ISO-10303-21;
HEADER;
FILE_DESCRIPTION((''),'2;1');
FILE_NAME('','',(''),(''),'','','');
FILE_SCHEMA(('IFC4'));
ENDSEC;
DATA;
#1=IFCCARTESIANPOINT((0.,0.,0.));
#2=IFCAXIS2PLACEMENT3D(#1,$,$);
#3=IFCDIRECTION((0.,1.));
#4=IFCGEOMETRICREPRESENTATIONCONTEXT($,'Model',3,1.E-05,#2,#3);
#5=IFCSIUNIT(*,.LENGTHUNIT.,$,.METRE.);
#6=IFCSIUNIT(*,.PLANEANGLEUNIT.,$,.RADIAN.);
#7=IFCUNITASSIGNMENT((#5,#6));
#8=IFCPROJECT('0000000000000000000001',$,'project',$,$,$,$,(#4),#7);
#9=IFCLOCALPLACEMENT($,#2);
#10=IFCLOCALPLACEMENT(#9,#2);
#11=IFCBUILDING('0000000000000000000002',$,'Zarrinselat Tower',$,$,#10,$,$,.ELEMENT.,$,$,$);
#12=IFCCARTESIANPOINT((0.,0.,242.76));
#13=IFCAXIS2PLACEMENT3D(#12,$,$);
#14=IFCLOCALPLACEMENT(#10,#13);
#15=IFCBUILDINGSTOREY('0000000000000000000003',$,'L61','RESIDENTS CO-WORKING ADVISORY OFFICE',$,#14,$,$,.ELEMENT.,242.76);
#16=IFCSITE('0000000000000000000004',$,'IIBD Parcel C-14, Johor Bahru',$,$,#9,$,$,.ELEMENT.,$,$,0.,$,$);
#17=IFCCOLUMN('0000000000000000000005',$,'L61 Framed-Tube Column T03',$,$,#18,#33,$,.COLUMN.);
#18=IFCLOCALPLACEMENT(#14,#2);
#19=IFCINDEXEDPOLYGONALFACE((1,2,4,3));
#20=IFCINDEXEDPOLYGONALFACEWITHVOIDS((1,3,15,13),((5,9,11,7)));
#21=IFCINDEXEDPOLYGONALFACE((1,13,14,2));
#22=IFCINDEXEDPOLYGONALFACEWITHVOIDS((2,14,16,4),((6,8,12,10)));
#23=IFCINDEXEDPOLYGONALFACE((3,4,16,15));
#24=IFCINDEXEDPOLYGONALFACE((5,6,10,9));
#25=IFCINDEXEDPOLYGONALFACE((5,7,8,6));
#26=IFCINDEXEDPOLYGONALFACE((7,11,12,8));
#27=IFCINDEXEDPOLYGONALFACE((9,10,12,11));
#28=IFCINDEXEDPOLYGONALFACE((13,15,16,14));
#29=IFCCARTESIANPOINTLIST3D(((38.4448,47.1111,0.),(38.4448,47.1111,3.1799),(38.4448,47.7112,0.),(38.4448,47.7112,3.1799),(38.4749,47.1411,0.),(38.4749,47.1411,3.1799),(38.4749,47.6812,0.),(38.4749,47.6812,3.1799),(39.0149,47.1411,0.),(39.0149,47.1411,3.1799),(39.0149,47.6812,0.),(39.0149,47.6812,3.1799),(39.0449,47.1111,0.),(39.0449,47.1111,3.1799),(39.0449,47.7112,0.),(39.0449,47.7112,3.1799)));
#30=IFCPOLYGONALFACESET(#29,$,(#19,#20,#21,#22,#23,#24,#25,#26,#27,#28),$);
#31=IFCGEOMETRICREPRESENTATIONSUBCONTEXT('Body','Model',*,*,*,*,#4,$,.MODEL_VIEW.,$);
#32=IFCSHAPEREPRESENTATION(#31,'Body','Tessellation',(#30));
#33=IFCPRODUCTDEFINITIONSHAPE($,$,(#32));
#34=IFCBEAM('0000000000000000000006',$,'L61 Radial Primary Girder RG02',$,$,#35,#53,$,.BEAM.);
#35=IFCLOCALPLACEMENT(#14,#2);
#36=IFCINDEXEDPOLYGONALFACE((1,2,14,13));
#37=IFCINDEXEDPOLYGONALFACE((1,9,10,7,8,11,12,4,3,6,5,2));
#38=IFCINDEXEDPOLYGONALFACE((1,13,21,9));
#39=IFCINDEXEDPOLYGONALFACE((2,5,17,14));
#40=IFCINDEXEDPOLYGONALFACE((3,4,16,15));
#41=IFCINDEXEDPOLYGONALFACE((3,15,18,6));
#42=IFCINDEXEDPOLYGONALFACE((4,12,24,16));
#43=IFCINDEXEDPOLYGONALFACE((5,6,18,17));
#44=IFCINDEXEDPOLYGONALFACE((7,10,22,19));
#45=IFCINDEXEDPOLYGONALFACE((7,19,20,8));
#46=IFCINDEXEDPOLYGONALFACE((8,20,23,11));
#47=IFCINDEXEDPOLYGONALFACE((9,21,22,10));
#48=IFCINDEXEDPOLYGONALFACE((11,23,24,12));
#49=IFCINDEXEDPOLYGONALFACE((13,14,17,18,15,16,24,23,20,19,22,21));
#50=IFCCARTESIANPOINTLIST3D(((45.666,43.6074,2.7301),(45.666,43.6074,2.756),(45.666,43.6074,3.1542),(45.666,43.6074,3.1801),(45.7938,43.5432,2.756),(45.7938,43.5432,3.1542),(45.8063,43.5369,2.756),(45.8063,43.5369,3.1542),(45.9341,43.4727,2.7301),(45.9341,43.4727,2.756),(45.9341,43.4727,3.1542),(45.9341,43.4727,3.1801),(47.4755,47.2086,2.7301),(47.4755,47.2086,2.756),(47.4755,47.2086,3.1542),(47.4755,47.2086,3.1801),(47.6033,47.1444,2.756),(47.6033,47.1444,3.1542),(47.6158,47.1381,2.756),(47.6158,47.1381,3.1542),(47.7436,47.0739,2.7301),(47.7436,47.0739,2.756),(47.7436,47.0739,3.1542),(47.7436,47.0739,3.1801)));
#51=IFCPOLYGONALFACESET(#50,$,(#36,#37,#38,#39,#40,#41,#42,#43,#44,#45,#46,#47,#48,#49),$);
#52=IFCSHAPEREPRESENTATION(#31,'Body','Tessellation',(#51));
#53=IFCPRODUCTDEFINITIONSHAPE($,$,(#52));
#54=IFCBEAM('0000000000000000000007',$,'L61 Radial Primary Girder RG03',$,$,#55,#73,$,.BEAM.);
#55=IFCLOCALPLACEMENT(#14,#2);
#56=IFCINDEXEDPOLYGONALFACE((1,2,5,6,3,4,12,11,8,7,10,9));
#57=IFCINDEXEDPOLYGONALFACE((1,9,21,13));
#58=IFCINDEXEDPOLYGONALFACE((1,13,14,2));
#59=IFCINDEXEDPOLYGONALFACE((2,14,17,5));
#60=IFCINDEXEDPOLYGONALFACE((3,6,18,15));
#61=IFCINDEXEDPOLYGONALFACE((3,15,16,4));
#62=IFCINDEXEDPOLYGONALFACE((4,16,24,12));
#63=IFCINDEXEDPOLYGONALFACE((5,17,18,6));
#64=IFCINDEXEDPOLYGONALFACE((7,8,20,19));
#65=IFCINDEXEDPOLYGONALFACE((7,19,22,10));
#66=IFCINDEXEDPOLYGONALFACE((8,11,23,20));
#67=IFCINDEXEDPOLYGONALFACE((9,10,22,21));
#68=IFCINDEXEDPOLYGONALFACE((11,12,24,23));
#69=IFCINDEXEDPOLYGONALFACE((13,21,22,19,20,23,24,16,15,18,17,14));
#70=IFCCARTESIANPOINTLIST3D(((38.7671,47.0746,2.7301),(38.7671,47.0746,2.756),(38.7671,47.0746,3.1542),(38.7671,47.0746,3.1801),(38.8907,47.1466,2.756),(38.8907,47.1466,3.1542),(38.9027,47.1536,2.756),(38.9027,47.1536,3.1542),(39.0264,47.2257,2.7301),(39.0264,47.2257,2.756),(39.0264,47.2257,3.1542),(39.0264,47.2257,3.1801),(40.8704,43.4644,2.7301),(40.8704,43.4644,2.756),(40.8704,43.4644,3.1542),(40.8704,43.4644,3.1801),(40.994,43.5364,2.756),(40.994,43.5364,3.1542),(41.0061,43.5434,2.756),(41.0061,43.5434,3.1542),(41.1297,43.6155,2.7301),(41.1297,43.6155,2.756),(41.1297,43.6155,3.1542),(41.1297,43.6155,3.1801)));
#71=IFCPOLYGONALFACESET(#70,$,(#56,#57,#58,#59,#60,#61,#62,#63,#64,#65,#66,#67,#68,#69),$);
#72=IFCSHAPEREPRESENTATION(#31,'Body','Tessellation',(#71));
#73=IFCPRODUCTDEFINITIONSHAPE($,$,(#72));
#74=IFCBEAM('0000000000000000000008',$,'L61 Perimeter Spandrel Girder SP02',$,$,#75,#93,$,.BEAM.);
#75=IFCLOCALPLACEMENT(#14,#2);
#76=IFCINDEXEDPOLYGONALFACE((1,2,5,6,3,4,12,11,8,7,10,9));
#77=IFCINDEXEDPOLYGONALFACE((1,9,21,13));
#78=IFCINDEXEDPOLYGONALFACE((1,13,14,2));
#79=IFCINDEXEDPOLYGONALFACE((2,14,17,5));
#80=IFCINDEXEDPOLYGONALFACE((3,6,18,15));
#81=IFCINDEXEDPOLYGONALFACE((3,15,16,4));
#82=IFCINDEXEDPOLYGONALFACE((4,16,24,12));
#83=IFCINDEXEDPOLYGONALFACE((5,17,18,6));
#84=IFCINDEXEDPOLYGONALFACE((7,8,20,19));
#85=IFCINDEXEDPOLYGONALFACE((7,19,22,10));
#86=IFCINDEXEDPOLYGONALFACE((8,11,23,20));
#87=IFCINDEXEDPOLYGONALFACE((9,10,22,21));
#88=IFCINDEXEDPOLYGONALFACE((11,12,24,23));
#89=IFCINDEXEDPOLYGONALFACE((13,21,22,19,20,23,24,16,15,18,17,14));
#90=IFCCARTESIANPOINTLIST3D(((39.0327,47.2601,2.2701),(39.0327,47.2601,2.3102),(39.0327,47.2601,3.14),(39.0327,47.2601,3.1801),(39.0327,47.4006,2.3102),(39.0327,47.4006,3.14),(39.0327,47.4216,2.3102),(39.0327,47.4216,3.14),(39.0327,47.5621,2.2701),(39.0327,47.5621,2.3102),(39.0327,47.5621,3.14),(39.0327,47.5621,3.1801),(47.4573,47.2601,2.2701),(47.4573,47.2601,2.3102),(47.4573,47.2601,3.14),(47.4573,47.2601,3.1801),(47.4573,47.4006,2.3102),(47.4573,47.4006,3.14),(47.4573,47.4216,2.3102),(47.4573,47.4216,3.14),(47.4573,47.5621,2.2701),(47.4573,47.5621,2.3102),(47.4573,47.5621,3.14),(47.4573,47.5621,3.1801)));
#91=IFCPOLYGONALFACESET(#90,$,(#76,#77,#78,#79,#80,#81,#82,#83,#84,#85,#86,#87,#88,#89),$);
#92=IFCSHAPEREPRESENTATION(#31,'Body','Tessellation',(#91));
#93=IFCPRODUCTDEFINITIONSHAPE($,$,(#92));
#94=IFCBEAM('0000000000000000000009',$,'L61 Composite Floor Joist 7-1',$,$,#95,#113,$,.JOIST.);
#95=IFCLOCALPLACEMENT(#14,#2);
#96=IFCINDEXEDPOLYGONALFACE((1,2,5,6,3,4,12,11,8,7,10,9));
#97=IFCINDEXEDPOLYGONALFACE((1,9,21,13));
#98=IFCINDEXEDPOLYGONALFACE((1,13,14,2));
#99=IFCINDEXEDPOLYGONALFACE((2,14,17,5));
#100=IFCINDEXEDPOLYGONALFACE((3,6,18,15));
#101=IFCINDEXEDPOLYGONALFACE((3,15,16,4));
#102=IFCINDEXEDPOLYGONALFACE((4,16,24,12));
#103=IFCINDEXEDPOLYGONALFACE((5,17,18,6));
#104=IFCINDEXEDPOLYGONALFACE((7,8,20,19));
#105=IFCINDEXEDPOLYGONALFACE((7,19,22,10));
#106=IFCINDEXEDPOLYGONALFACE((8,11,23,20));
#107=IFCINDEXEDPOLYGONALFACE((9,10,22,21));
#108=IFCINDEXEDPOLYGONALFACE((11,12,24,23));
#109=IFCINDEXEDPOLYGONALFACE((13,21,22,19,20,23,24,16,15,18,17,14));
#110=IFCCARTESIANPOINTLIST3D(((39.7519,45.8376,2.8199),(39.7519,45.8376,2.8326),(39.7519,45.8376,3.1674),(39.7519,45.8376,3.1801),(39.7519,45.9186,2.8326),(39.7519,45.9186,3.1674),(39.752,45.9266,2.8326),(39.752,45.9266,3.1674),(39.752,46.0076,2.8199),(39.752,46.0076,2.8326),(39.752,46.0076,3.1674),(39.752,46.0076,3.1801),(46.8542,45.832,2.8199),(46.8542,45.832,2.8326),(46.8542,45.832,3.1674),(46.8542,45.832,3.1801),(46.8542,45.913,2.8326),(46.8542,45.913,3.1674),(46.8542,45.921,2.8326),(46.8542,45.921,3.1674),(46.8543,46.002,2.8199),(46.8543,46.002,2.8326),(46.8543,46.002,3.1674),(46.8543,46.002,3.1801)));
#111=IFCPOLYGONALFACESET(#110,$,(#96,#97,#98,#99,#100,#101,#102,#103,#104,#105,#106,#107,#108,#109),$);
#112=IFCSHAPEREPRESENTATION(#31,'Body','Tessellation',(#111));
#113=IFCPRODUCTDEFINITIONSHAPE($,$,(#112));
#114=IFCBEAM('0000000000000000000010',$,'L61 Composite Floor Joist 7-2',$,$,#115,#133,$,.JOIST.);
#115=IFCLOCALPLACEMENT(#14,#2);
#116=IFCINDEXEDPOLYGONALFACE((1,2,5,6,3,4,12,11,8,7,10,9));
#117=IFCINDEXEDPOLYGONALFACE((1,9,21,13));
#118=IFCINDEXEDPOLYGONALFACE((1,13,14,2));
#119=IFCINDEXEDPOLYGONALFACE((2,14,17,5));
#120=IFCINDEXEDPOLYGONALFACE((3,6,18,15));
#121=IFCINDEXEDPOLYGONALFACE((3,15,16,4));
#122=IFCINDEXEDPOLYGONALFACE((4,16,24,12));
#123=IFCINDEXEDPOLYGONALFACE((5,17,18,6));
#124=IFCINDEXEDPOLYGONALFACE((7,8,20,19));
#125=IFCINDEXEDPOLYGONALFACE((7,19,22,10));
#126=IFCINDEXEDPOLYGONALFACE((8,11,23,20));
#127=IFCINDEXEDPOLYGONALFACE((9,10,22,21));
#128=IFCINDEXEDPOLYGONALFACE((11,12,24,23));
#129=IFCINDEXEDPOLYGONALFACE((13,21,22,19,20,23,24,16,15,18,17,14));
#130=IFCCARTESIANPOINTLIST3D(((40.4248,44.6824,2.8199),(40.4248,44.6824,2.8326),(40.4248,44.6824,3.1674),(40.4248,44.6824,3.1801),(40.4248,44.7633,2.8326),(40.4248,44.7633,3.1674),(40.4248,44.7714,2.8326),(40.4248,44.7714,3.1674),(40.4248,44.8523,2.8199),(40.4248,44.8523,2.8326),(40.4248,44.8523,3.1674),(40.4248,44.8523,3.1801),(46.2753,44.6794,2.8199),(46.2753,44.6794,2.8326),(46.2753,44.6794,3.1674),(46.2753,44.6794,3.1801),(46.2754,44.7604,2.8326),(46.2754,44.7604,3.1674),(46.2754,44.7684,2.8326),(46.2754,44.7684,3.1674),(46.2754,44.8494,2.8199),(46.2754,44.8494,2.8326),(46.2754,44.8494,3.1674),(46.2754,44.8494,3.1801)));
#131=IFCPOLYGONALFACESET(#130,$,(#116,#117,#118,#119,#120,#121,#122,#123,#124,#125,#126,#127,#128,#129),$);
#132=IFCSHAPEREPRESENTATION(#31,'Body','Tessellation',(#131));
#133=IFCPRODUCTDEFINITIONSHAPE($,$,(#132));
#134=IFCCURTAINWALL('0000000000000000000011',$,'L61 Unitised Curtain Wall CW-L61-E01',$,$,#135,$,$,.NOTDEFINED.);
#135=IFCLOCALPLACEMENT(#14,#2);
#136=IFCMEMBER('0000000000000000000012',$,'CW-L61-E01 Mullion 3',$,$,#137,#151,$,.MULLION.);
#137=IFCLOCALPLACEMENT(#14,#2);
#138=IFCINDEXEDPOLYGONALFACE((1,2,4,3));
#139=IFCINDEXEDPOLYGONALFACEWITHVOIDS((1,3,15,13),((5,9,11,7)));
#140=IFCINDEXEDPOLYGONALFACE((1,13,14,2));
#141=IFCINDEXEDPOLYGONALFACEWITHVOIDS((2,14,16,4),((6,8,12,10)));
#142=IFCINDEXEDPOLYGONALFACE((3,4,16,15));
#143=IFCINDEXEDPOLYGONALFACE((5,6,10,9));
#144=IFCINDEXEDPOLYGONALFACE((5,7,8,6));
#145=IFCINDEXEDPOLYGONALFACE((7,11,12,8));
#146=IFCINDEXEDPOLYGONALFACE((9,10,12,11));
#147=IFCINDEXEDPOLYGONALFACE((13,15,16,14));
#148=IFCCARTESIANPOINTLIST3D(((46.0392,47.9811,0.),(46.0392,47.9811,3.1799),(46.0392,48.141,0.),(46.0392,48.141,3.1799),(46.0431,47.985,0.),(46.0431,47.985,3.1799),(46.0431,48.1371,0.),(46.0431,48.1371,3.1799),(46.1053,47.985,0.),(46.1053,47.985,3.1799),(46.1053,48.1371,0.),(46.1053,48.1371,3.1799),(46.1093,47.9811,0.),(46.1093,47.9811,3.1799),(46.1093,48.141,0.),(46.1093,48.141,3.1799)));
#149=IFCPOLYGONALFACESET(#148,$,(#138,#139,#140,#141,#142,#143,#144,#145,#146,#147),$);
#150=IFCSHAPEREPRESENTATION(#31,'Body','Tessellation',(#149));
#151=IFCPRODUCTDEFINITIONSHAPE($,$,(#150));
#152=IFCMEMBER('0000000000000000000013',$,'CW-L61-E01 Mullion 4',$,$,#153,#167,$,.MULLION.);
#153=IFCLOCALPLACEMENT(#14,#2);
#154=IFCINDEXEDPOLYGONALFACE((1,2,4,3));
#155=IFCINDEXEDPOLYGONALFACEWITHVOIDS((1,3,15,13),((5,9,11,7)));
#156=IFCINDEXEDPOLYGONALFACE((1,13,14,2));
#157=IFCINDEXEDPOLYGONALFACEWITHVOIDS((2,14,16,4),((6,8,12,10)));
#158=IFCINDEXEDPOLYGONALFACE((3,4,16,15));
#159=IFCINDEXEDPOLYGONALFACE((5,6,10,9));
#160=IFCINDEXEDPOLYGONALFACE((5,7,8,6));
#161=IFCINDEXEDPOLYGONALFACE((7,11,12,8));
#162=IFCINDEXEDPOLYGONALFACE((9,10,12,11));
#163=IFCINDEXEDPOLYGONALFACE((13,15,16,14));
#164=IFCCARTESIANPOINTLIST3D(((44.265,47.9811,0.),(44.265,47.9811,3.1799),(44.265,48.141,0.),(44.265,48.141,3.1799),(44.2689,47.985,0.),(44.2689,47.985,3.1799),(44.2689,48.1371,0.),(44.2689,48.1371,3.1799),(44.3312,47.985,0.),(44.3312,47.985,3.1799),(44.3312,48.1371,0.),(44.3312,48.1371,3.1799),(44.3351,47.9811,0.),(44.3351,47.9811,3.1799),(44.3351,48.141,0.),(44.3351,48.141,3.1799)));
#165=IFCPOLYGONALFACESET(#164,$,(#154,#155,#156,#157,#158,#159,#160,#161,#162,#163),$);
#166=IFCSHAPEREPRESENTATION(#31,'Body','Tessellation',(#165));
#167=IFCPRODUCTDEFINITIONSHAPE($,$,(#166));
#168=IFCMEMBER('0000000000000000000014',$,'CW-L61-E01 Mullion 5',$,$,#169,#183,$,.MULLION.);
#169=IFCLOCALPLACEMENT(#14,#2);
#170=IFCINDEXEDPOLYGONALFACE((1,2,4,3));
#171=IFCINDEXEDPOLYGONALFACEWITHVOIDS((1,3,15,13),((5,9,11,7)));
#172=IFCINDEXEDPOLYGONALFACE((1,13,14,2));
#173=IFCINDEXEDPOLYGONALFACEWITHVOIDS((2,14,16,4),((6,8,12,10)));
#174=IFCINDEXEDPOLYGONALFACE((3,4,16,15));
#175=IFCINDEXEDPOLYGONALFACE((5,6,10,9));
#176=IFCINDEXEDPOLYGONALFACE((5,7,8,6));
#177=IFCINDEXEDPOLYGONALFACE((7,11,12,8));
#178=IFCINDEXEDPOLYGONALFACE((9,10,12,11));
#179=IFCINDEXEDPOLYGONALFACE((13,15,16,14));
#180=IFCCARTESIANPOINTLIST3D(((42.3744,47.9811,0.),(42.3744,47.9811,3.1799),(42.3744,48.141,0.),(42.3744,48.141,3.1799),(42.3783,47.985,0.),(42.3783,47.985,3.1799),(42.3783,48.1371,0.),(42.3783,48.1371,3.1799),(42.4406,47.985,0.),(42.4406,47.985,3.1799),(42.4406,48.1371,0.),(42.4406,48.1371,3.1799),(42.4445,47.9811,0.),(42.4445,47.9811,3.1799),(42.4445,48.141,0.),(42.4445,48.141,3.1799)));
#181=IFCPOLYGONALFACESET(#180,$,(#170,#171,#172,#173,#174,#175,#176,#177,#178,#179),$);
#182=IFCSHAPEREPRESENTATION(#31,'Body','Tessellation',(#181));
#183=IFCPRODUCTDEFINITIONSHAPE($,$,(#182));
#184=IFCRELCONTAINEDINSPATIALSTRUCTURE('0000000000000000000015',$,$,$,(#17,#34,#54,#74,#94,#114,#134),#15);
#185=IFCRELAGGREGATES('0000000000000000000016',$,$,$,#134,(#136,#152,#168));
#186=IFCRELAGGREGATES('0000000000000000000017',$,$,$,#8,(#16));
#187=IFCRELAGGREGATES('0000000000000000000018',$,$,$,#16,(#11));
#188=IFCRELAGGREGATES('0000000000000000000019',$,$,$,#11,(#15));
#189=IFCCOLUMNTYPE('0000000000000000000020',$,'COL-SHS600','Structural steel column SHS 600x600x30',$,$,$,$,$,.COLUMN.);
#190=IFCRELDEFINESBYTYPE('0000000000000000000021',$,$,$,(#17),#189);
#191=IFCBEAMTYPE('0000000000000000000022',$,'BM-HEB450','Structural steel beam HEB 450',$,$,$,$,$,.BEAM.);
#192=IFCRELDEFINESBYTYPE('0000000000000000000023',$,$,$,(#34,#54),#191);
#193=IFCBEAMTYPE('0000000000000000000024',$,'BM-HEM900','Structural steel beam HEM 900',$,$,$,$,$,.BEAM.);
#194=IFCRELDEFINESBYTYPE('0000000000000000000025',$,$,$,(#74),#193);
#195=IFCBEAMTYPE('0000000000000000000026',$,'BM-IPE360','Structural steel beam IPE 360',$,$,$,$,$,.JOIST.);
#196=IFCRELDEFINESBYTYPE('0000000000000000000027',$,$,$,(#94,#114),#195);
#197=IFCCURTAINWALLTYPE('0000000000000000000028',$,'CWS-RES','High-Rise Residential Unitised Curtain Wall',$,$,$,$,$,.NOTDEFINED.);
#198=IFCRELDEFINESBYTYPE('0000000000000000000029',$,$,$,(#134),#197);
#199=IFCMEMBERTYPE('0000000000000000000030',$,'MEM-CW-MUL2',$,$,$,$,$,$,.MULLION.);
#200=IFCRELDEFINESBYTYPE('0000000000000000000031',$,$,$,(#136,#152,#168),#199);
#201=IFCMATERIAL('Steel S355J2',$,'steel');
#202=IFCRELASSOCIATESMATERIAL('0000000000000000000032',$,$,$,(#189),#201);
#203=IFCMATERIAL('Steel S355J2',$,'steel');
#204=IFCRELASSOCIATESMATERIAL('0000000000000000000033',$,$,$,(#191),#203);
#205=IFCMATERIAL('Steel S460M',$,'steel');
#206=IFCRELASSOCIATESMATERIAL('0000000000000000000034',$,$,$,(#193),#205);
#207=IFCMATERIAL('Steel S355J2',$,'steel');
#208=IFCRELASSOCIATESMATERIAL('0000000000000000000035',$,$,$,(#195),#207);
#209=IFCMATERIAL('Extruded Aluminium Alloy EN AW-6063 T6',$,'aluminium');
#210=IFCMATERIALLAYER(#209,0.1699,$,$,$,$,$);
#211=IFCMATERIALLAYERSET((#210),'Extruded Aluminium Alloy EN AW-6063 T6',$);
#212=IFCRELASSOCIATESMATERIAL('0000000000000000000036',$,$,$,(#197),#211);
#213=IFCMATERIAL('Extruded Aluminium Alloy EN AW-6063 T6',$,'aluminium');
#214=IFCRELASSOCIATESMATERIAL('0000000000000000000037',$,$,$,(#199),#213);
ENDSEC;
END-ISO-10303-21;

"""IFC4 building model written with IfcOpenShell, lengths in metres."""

from ifc_helpers import new_model, si_unit, direction, frame, origin, origin_2d, place, context, subcontext, project, spatial, hollow_rectangle, i_section, extrude, material, layer, layer_set, material_profile, profile_set, type_object, element, aggregate, save


model = new_model("IFC4")

# Units and contexts
model_context = context("Model", 3, precision=1e-05, world=origin(), true_north=direction((0.0, 1.0)))
body_context = subcontext(model_context, "Body", "Model", "MODEL_VIEW")
ifc_project = project(units=[si_unit("LENGTHUNIT", "METRE"), si_unit("PLANEANGLEUNIT", "RADIAN")], contexts=[model_context])

# Site, building, storey
site_placement = place(None, origin())
site = spatial("IfcSite", under=ifc_project, at=site_placement, Name="IIBD Parcel C-14, Johor Bahru", CompositionType="ELEMENT", RefElevation=0.0)
building_placement = place(site_placement, origin())
building = spatial("IfcBuilding", under=site, at=building_placement, Name="Zarrinselat Tower", CompositionType="ELEMENT")
storey_placement = place(building_placement, frame((0.0, 0.0, 242.76)))
storey = spatial("IfcBuildingStorey", under=building, at=storey_placement, Name="L61", Description="RESIDENTS CO-WORKING ADVISORY OFFICE", CompositionType="ELEMENT", Elevation=242.76)

# Column
ifc_material_1 = material(Name="Steel S355J2", Category="steel")
ifc_material_profile_1 = material_profile(ifc_material_1, hollow_rectangle(XDim=0.6001, YDim=0.6001, WallThickness=0.03, at=origin_2d()), Name="SHS 600x600x30")
ifc_profile_set_1 = profile_set([ifc_material_profile_1], Name="Steel S355J2")
column_type = type_object("IfcColumnType", Name="COL-SHS600", Description="Structural steel column SHS 600x600x30", PredefinedType="COLUMN", material=ifc_profile_set_1)
column_placement = place(storey_placement, frame((38.7449, 47.4111, 0.0), z_axis=(0.0, 0.0, 1.0), x_axis=(1.0, 0.0, 0.0)))
element("IfcColumn", 1, at=column_placement, inside=storey, type_object=column_type, Name="L61 Framed-Tube Column T03", PredefinedType="COLUMN", context=body_context, shape_type="SweptSolid", body=[
    extrude(hollow_rectangle(XDim=0.6001, YDim=0.6001, WallThickness=0.03, at=origin_2d()), origin(), (0.0, 0.0, 1.0), 3.1799),
])

# Beams
ifc_material_2 = material(Name="Steel S355J2", Category="steel")
ifc_material_profile_2 = material_profile(ifc_material_2, i_section(OverallWidth=0.3, OverallDepth=0.45, WebThickness=0.0139, FlangeThickness=0.0259, at=origin_2d()), Name="HEB 450")
ifc_profile_set_2 = profile_set([ifc_material_profile_2], Name="Steel S355J2")
beam_type_1 = type_object("IfcBeamType", Name="BM-HEB450", Description="Structural steel beam HEB 450", PredefinedType="BEAM", material=ifc_profile_set_2)
beam_1_placement = place(storey_placement, frame((45.8, 43.54, 2.9551), z_axis=(0.448982, 0.893541, 0.0), x_axis=(-0.893541, 0.448982, 0.0)))
element("IfcBeam", 2, at=beam_1_placement, inside=storey, type_object=beam_type_1, Name="L61 Radial Primary Girder RG02", PredefinedType="BEAM", context=body_context, shape_type="SweptSolid", body=[
    extrude(i_section(OverallWidth=0.3, OverallDepth=0.45, WebThickness=0.0139, FlangeThickness=0.0259, at=origin_2d()), origin(), (0.0, 0.0, 1.0), 4.0303),
])
beam_2_placement = place(storey_placement, frame((38.8967, 47.1501, 2.9551), z_axis=(0.503402, -0.864052, 0.0), x_axis=(0.864052, 0.503402, 0.0)))
element("IfcBeam", 3, at=beam_2_placement, inside=storey, type_object=beam_type_1, Name="L61 Radial Primary Girder RG03", PredefinedType="BEAM", context=body_context, shape_type="SweptSolid", body=[
    extrude(i_section(OverallWidth=0.3, OverallDepth=0.45, WebThickness=0.0139, FlangeThickness=0.0259, at=origin_2d()), origin(), (0.0, 0.0, 1.0), 4.1782),
])
ifc_material_3 = material(Name="Steel S460M", Category="steel")
ifc_material_profile_3 = material_profile(ifc_material_3, i_section(OverallWidth=0.302, OverallDepth=0.9099, WebThickness=0.021, FlangeThickness=0.04, at=origin_2d()), Name="HEM 900")
ifc_profile_set_3 = profile_set([ifc_material_profile_3], Name="Steel S460M")
beam_type_2 = type_object("IfcBeamType", Name="BM-HEM900", Description="Structural steel beam HEM 900", PredefinedType="BEAM", material=ifc_profile_set_3)
beam_3_placement = place(storey_placement, frame((39.0327, 47.4111, 2.7251), z_axis=(1.0, 0.0, 0.0), x_axis=(0.0, 1.0, 0.0)))
element("IfcBeam", 4, at=beam_3_placement, inside=storey, type_object=beam_type_2, Name="L61 Perimeter Spandrel Girder SP02", PredefinedType="BEAM", context=body_context, shape_type="SweptSolid", body=[
    extrude(i_section(OverallWidth=0.302, OverallDepth=0.9099, WebThickness=0.021, FlangeThickness=0.04, at=origin_2d()), origin(), (0.0, 0.0, 1.0), 8.4246),
])
ifc_material_4 = material(Name="Steel S355J2", Category="steel")
ifc_material_profile_4 = material_profile(ifc_material_4, i_section(OverallWidth=0.1699, OverallDepth=0.3601, WebThickness=0.0081, FlangeThickness=0.0127, at=origin_2d()), Name="IPE 360")
ifc_profile_set_4 = profile_set([ifc_material_profile_4], Name="Steel S355J2")
beam_type_3 = type_object("IfcBeamType", Name="BM-IPE360", Description="Structural steel beam IPE 360", PredefinedType="JOIST", material=ifc_profile_set_4)
beam_4_placement = place(storey_placement, frame((39.752, 45.9226, 3.0), z_axis=(1.0, -0.000791, 0.0), x_axis=(0.000791, 1.0, 0.0)))
element("IfcBeam", 5, at=beam_4_placement, inside=storey, type_object=beam_type_3, Name="L61 Composite Floor Joist 7-1", PredefinedType="JOIST", context=body_context, shape_type="SweptSolid", body=[
    extrude(i_section(OverallWidth=0.1699, OverallDepth=0.3601, WebThickness=0.0081, FlangeThickness=0.0127, at=origin_2d()), origin(), (0.0, 0.0, 1.0), 7.1023),
])
beam_5_placement = place(storey_placement, frame((40.4248, 44.7673, 3.0), z_axis=(1.0, -0.000501, 0.0), x_axis=(0.000501, 1.0, 0.0)))
element("IfcBeam", 6, at=beam_5_placement, inside=storey, type_object=beam_type_3, Name="L61 Composite Floor Joist 7-2", PredefinedType="JOIST", context=body_context, shape_type="SweptSolid", body=[
    extrude(i_section(OverallWidth=0.1699, OverallDepth=0.3601, WebThickness=0.0081, FlangeThickness=0.0127, at=origin_2d()), origin(), (0.0, 0.0, 1.0), 5.8506),
])

# Curtain wall, members
ifc_material_5 = material(Name="Extruded Aluminium Alloy EN AW-6063 T6", Category="aluminium")
ifc_layer_1 = layer(ifc_material_5, 0.1699)
ifc_layer_set_1 = layer_set([ifc_layer_1], Name="Extruded Aluminium Alloy EN AW-6063 T6")
curtain_wall_type = type_object("IfcCurtainWallType", Name="CWS-RES", Description="High-Rise Residential Unitised Curtain Wall", PredefinedType="NOTDEFINED", material=ifc_layer_set_1)
curtain_wall_placement = place(storey_placement, origin())
curtain_wall = element("IfcCurtainWall", 7, at=curtain_wall_placement, inside=storey, type_object=curtain_wall_type, Name="L61 Unitised Curtain Wall CW-L61-E01", PredefinedType="NOTDEFINED")
ifc_material_6 = material(Name="Extruded Aluminium Alloy EN AW-6063 T6", Category="aluminium")
ifc_material_profile_5 = material_profile(ifc_material_6, hollow_rectangle(XDim=0.0701, YDim=0.1599, WallThickness=0.0039, at=origin_2d()), Name="RHS 160x70x4")
ifc_profile_set_5 = profile_set([ifc_material_profile_5], Name="Extruded Aluminium Alloy EN AW-6063 T6")
member_type_1 = type_object("IfcMemberType", Name="MEM-CW-MUL2", PredefinedType="MULLION", material=ifc_profile_set_5)
member_1_placement = place(storey_placement, frame((46.0742, 48.061, 0.0), z_axis=(0.0, 0.0, 1.0), x_axis=(-1.0, 0.0, 0.0)))
member_1 = element("IfcMember", 8, at=member_1_placement, type_object=member_type_1, Name="CW-L61-E01 Mullion 3", PredefinedType="MULLION", context=body_context, shape_type="SweptSolid", body=[
    extrude(hollow_rectangle(XDim=0.0701, YDim=0.1599, WallThickness=0.0039, at=origin_2d()), origin(), (0.0, 0.0, 1.0), 3.1799),
])
member_2_placement = place(storey_placement, frame((44.3, 48.061, 0.0), z_axis=(0.0, 0.0, 1.0), x_axis=(-1.0, 0.0, 0.0)))
member_2 = element("IfcMember", 9, at=member_2_placement, type_object=member_type_1, Name="CW-L61-E01 Mullion 4", PredefinedType="MULLION", context=body_context, shape_type="SweptSolid", body=[
    extrude(hollow_rectangle(XDim=0.0701, YDim=0.1599, WallThickness=0.0039, at=origin_2d()), origin(), (0.0, 0.0, 1.0), 3.1799),
])
member_3_placement = place(storey_placement, frame((42.4094, 48.061, 0.0), z_axis=(0.0, 0.0, 1.0), x_axis=(-1.0, 0.0, 0.0)))
member_3 = element("IfcMember", 10, at=member_3_placement, type_object=member_type_1, Name="CW-L61-E01 Mullion 5", PredefinedType="MULLION", context=body_context, shape_type="SweptSolid", body=[
    extrude(hollow_rectangle(XDim=0.0701, YDim=0.1599, WallThickness=0.0039, at=origin_2d()), origin(), (0.0, 0.0, 1.0), 3.1799),
])
aggregate(curtain_wall, [member_1, member_2, member_3])

save(model, "model.ifc")
